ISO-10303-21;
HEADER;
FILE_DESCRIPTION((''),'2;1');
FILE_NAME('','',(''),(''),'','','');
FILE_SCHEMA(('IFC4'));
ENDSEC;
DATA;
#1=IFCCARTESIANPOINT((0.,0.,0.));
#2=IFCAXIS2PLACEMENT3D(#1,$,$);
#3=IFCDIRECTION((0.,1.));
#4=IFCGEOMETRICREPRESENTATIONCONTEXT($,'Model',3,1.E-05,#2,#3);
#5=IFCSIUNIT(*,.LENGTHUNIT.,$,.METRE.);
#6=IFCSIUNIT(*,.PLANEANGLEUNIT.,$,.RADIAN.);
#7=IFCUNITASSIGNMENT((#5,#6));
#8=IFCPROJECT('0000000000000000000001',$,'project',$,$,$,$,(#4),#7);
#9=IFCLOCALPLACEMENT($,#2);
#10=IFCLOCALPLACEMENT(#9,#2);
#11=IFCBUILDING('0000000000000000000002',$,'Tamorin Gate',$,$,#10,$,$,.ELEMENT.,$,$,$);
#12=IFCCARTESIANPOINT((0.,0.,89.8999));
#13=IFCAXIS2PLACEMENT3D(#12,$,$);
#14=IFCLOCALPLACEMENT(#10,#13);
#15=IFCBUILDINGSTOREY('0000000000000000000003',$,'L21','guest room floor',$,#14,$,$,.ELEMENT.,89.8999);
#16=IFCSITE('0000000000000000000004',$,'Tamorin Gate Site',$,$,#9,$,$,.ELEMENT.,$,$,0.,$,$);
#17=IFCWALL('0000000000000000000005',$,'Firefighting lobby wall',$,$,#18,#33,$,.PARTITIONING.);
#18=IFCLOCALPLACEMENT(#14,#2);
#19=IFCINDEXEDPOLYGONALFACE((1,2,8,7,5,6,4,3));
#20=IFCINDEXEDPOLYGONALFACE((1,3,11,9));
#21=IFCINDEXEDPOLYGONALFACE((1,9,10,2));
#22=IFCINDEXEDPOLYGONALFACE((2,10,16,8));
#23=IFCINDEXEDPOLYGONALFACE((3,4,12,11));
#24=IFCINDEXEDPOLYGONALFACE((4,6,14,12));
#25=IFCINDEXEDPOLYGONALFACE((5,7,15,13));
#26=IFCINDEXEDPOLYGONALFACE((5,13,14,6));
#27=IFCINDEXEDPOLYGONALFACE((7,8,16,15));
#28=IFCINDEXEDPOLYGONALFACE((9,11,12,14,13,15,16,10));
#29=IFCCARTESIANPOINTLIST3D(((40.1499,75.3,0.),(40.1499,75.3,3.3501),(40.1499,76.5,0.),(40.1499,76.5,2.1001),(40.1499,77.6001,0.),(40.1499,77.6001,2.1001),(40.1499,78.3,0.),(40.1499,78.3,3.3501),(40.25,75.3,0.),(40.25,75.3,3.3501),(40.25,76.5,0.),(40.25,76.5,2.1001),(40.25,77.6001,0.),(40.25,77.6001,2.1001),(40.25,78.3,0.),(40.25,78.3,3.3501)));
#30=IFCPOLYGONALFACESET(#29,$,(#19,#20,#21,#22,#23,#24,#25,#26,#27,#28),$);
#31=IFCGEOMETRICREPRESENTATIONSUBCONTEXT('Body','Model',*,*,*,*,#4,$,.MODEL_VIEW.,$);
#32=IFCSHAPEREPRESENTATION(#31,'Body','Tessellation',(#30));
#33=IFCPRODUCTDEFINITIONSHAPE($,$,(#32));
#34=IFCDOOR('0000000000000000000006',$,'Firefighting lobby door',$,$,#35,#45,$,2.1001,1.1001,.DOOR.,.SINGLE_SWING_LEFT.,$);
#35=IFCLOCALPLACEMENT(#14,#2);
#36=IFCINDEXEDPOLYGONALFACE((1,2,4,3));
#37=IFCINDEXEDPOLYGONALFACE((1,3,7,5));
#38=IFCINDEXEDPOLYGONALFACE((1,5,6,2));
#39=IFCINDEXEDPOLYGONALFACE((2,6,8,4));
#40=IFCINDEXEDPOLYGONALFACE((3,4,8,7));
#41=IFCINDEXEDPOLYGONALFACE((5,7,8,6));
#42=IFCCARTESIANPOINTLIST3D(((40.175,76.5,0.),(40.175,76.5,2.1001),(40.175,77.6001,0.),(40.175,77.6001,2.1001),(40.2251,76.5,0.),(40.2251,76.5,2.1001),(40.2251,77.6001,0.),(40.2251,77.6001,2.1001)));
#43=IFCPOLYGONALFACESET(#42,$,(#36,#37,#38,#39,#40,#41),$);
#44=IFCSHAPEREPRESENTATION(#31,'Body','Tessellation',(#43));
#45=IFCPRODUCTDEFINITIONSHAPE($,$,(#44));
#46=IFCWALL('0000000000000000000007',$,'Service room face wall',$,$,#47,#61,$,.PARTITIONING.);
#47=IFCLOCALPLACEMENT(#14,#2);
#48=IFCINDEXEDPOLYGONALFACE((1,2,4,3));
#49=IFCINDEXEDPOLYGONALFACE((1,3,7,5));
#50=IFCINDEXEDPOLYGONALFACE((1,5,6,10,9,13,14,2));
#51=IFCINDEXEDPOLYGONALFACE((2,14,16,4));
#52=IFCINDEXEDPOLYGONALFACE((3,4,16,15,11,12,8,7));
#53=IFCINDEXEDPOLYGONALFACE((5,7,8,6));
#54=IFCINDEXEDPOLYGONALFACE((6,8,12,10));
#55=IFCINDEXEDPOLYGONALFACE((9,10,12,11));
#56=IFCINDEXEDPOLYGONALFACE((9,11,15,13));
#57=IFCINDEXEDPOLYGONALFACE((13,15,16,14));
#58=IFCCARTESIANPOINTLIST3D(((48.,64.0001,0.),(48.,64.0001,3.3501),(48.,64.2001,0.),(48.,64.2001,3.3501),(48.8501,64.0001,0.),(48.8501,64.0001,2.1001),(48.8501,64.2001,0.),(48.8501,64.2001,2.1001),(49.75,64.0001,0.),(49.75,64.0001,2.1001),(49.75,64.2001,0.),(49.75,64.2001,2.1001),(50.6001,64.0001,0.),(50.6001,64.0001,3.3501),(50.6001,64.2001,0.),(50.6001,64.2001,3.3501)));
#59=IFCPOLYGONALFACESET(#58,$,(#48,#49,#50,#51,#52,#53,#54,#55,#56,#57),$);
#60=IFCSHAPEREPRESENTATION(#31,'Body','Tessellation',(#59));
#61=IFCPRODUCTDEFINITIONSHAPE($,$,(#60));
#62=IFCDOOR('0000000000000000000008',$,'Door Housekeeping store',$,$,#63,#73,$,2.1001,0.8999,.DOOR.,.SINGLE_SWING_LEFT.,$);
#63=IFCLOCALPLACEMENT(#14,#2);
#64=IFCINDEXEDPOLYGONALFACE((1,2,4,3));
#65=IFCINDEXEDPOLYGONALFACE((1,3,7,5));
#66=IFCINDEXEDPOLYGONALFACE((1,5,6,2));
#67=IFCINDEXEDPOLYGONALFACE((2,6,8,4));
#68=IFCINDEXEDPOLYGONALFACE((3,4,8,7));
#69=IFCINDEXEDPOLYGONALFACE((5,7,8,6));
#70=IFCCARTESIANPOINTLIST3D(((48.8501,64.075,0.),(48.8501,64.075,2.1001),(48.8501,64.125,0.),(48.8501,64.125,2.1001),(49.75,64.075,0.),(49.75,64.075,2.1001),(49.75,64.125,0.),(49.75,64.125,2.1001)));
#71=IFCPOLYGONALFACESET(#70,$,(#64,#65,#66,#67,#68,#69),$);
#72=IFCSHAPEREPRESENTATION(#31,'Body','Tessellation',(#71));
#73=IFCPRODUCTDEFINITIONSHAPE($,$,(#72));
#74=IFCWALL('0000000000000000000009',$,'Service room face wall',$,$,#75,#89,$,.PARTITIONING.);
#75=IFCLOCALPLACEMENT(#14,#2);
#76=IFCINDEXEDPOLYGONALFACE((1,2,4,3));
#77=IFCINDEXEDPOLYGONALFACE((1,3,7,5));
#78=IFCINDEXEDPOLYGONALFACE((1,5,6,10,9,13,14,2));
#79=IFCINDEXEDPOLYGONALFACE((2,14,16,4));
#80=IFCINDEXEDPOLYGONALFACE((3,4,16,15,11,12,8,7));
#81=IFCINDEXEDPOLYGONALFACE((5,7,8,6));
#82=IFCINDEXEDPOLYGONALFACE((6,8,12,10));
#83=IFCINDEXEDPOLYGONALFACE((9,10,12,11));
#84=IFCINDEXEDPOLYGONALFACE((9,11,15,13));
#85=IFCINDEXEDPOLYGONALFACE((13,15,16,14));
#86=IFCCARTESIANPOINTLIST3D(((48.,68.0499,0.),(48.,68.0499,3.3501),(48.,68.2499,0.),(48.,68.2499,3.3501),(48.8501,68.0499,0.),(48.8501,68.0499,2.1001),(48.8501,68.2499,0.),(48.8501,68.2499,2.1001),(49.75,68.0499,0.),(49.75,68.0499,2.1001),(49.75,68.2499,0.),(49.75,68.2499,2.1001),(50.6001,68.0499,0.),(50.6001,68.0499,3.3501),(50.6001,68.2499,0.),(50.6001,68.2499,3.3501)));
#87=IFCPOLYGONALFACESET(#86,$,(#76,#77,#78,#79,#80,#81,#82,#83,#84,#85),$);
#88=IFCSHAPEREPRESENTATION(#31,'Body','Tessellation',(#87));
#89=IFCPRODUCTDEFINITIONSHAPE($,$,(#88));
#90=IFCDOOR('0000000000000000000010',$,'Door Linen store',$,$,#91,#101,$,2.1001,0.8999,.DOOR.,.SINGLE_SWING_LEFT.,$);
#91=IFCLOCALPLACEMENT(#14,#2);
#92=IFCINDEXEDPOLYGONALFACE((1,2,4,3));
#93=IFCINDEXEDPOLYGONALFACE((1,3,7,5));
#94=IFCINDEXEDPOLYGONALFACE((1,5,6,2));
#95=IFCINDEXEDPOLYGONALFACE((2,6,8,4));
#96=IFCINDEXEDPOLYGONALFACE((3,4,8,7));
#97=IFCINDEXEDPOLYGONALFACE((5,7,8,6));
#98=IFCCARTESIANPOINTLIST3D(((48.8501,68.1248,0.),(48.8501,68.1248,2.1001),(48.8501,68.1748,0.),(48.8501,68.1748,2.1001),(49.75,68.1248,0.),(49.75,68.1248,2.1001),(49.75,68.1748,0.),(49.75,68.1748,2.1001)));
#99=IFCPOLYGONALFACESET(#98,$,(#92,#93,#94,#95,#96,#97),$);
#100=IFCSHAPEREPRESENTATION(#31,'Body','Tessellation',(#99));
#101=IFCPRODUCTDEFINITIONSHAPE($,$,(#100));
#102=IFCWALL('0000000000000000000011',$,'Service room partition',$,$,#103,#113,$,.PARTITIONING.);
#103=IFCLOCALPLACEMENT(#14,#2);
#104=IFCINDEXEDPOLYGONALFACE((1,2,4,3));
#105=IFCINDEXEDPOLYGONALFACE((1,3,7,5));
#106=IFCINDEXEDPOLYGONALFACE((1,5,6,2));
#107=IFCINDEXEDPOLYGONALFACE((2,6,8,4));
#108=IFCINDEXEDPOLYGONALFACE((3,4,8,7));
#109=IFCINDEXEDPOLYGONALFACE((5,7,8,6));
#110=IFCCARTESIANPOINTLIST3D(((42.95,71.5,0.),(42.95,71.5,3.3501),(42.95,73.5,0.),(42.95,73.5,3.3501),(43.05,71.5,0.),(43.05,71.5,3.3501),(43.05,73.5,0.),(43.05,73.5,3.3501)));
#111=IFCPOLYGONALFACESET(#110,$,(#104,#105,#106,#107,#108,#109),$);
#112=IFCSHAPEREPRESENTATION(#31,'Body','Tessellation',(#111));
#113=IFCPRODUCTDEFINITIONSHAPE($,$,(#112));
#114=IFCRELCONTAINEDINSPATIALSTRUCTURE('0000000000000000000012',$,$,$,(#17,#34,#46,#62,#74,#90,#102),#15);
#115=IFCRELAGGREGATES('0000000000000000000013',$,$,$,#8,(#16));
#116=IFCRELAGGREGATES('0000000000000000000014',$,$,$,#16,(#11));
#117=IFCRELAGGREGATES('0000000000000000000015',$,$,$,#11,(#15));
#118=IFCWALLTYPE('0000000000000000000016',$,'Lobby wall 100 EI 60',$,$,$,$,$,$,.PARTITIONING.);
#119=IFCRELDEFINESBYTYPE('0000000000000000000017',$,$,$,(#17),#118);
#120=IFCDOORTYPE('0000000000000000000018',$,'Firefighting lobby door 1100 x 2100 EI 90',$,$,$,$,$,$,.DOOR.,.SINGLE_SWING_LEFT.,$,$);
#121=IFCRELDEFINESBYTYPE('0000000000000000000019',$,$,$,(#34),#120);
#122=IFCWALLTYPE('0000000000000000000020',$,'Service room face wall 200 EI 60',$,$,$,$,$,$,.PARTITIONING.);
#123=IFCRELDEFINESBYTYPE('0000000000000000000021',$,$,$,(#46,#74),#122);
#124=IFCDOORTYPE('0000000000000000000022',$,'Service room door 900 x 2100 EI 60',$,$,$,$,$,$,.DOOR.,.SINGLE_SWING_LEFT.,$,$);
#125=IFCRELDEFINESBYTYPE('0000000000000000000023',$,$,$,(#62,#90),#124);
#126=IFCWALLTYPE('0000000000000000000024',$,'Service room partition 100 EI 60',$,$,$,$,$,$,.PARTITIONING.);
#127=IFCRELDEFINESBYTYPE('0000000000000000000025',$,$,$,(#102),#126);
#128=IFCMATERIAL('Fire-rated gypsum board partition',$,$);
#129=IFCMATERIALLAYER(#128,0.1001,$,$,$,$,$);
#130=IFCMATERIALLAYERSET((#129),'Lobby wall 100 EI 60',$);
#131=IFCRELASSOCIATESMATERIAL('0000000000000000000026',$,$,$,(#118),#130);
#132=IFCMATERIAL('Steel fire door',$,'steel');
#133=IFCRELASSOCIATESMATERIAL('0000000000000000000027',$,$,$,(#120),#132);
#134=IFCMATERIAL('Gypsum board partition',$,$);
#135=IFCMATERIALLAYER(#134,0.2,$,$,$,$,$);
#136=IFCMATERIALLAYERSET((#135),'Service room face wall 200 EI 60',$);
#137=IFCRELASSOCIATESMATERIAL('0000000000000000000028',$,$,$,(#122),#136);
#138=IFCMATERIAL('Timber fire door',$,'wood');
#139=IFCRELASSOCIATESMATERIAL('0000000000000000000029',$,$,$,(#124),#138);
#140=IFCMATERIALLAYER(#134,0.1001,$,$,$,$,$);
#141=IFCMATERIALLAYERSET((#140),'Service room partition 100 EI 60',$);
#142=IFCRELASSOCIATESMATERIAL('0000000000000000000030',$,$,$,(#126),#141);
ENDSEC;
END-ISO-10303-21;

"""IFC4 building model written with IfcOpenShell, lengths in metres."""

from ifc_helpers import new_model, si_unit, direction, frame, frame_2d, origin, place, context, subcontext, project, spatial, rectangle, extrude, material, layer, layer_set, type_object, element, fill, save


model = new_model("IFC4")

# Units and contexts
model_context = context("Model", 3, precision=1e-05, world=origin(), true_north=direction((0.0, 1.0)))
body_context = subcontext(model_context, "Body", "Model", "MODEL_VIEW")
ifc_project = project(units=[si_unit("LENGTHUNIT", "METRE"), si_unit("PLANEANGLEUNIT", "RADIAN")], contexts=[model_context])

# Site, building, storey
site_placement = place(None, origin())
site = spatial("IfcSite", under=ifc_project, at=site_placement, Name="Tamorin Gate Site", CompositionType="ELEMENT", RefElevation=0.0)
building_placement = place(site_placement, origin())
building = spatial("IfcBuilding", under=site, at=building_placement, Name="Tamorin Gate", CompositionType="ELEMENT")
storey_placement = place(building_placement, frame((0.0, 0.0, 89.8999)))
storey = spatial("IfcBuildingStorey", under=building, at=storey_placement, Name="L21", Description="guest room floor", CompositionType="ELEMENT", Elevation=89.8999)

# Shared definitions
ifc_material_1 = material(Name="Fire-rated gypsum board partition")
ifc_layer_1 = layer(ifc_material_1, 0.1001)
ifc_layer_set_1 = layer_set([ifc_layer_1], Name="Lobby wall 100 EI 60")
wall_type_1 = type_object("IfcWallType", Name="Lobby wall 100 EI 60", PredefinedType="PARTITIONING", material=ifc_layer_set_1)

# Walls, openings, doors
wall_1_placement = place(storey_placement, frame((40.2, 75.3, 0.0), z_axis=(0.0, 0.0, 1.0), x_axis=(0.0, 1.0, 0.0)))
wall_1 = element("IfcWall", 1, at=wall_1_placement, inside=storey, type_object=wall_type_1, Name="Firefighting lobby wall", PredefinedType="PARTITIONING", context=body_context, shape_type="SweptSolid", body=[
    extrude(rectangle(XDim=3.0, YDim=0.1001, at=frame_2d((1.5, 0.0))), origin(), (0.0, 0.0, 1.0), 3.3501),
])
opening_1_placement = place(wall_1_placement, frame((1.2, 0.0, 0.0)))
opening_1 = element("IfcOpeningElement", 2, at=opening_1_placement, cuts=wall_1, PredefinedType="OPENING", context=body_context, shape_type="SweptSolid", body=[
    extrude(rectangle(XDim=1.1001, YDim=2.1001, at=frame_2d((0.55, 1.05))), frame((0.0, 0.0601, 0.0), z_axis=(0.0, -1.0, 0.0), x_axis=(1.0, 0.0, 0.0)), (0.0, 0.0, 1.0), 0.1201),
])
ifc_material_2 = material(Name="Steel fire door", Category="steel")
door_type_1 = type_object("IfcDoorType", Name="Firefighting lobby door 1100 x 2100 EI 90", OperationType="SINGLE_SWING_LEFT", PredefinedType="DOOR", material=ifc_material_2)
door_1_placement = place(opening_1_placement, origin())
door_1 = element("IfcDoor", 3, at=door_1_placement, inside=storey, type_object=door_type_1, Name="Firefighting lobby door", OperationType="SINGLE_SWING_LEFT", OverallHeight=2.1001, OverallWidth=1.1001, PredefinedType="DOOR", context=body_context, shape_type="SweptSolid", body=[
    extrude(rectangle(XDim=1.1001, YDim=2.1001, at=frame_2d((0.55, 1.05))), frame((0.0, 0.0249, 0.0), z_axis=(0.0, -1.0, 0.0), x_axis=(1.0, 0.0, 0.0)), (0.0, 0.0, 1.0), 0.05),
])
fill(opening_1, door_1)
ifc_material_3 = material(Name="Gypsum board partition")
ifc_layer_2 = layer(ifc_material_3, 0.2)
ifc_layer_set_2 = layer_set([ifc_layer_2], Name="Service room face wall 200 EI 60")
wall_type_2 = type_object("IfcWallType", Name="Service room face wall 200 EI 60", PredefinedType="PARTITIONING", material=ifc_layer_set_2)
wall_2_placement = place(storey_placement, frame((48.0, 64.1001, 0.0), z_axis=(0.0, 0.0, 1.0), x_axis=(1.0, 0.0, 0.0)))
wall_2 = element("IfcWall", 4, at=wall_2_placement, inside=storey, type_object=wall_type_2, Name="Service room face wall", PredefinedType="PARTITIONING", context=body_context, shape_type="SweptSolid", body=[
    extrude(rectangle(XDim=2.6001, YDim=0.2, at=frame_2d((1.3, 0.0))), origin(), (0.0, 0.0, 1.0), 3.3501),
])
opening_2_placement = place(wall_2_placement, frame((0.8501, 0.0, 0.0)))
opening_2 = element("IfcOpeningElement", 5, at=opening_2_placement, cuts=wall_2, PredefinedType="OPENING", context=body_context, shape_type="SweptSolid", body=[
    extrude(rectangle(XDim=0.8999, YDim=2.1001, at=frame_2d((0.45, 1.05))), frame((0.0, 0.1099, 0.0), z_axis=(0.0, -1.0, 0.0), x_axis=(1.0, 0.0, 0.0)), (0.0, 0.0, 1.0), 0.22),
])
ifc_material_4 = material(Name="Timber fire door", Category="wood")
door_type_2 = type_object("IfcDoorType", Name="Service room door 900 x 2100 EI 60", OperationType="SINGLE_SWING_LEFT", PredefinedType="DOOR", material=ifc_material_4)
door_2_placement = place(opening_2_placement, origin())
door_2 = element("IfcDoor", 6, at=door_2_placement, inside=storey, type_object=door_type_2, Name="Door Housekeeping store", OperationType="SINGLE_SWING_LEFT", OverallHeight=2.1001, OverallWidth=0.8999, PredefinedType="DOOR", context=body_context, shape_type="SweptSolid", body=[
    extrude(rectangle(XDim=0.8999, YDim=2.1001, at=frame_2d((0.45, 1.05))), frame((0.0, 0.0249, 0.0), z_axis=(0.0, -1.0, 0.0), x_axis=(1.0, 0.0, 0.0)), (0.0, 0.0, 1.0), 0.05),
])
fill(opening_2, door_2)
wall_3_placement = place(storey_placement, frame((48.0, 68.1499, 0.0), z_axis=(0.0, 0.0, 1.0), x_axis=(1.0, 0.0, 0.0)))
wall_3 = element("IfcWall", 7, at=wall_3_placement, inside=storey, type_object=wall_type_2, Name="Service room face wall", PredefinedType="PARTITIONING", context=body_context, shape_type="SweptSolid", body=[
    extrude(rectangle(XDim=2.6001, YDim=0.2, at=frame_2d((1.3, 0.0))), origin(), (0.0, 0.0, 1.0), 3.3501),
])
opening_3_placement = place(wall_3_placement, frame((0.8501, 0.0, 0.0)))
opening_3 = element("IfcOpeningElement", 8, at=opening_3_placement, cuts=wall_3, PredefinedType="OPENING", context=body_context, shape_type="SweptSolid", body=[
    extrude(rectangle(XDim=0.8999, YDim=2.1001, at=frame_2d((0.45, 1.05))), frame((0.0, 0.1099, 0.0), z_axis=(0.0, -1.0, 0.0), x_axis=(1.0, 0.0, 0.0)), (0.0, 0.0, 1.0), 0.22),
])
door_3_placement = place(opening_3_placement, origin())
door_3 = element("IfcDoor", 9, at=door_3_placement, inside=storey, type_object=door_type_2, Name="Door Linen store", OperationType="SINGLE_SWING_LEFT", OverallHeight=2.1001, OverallWidth=0.8999, PredefinedType="DOOR", context=body_context, shape_type="SweptSolid", body=[
    extrude(rectangle(XDim=0.8999, YDim=2.1001, at=frame_2d((0.45, 1.05))), frame((0.0, 0.0249, 0.0), z_axis=(0.0, -1.0, 0.0), x_axis=(1.0, 0.0, 0.0)), (0.0, 0.0, 1.0), 0.05),
])
fill(opening_3, door_3)

# Wall
ifc_layer_3 = layer(ifc_material_3, 0.1001)
ifc_layer_set_3 = layer_set([ifc_layer_3], Name="Service room partition 100 EI 60")
wall_type_3 = type_object("IfcWallType", Name="Service room partition 100 EI 60", PredefinedType="PARTITIONING", material=ifc_layer_set_3)
wall_4_placement = place(storey_placement, frame((43.0, 71.5, 0.0), z_axis=(0.0, 0.0, 1.0), x_axis=(0.0, 1.0, 0.0)))
element("IfcWall", 10, at=wall_4_placement, inside=storey, type_object=wall_type_3, Name="Service room partition", PredefinedType="PARTITIONING", context=body_context, shape_type="SweptSolid", body=[
    extrude(rectangle(XDim=2.0, YDim=0.1001, at=frame_2d((1.0, 0.0))), origin(), (0.0, 0.0, 1.0), 3.3501),
])

save(model, "model.ifc")
